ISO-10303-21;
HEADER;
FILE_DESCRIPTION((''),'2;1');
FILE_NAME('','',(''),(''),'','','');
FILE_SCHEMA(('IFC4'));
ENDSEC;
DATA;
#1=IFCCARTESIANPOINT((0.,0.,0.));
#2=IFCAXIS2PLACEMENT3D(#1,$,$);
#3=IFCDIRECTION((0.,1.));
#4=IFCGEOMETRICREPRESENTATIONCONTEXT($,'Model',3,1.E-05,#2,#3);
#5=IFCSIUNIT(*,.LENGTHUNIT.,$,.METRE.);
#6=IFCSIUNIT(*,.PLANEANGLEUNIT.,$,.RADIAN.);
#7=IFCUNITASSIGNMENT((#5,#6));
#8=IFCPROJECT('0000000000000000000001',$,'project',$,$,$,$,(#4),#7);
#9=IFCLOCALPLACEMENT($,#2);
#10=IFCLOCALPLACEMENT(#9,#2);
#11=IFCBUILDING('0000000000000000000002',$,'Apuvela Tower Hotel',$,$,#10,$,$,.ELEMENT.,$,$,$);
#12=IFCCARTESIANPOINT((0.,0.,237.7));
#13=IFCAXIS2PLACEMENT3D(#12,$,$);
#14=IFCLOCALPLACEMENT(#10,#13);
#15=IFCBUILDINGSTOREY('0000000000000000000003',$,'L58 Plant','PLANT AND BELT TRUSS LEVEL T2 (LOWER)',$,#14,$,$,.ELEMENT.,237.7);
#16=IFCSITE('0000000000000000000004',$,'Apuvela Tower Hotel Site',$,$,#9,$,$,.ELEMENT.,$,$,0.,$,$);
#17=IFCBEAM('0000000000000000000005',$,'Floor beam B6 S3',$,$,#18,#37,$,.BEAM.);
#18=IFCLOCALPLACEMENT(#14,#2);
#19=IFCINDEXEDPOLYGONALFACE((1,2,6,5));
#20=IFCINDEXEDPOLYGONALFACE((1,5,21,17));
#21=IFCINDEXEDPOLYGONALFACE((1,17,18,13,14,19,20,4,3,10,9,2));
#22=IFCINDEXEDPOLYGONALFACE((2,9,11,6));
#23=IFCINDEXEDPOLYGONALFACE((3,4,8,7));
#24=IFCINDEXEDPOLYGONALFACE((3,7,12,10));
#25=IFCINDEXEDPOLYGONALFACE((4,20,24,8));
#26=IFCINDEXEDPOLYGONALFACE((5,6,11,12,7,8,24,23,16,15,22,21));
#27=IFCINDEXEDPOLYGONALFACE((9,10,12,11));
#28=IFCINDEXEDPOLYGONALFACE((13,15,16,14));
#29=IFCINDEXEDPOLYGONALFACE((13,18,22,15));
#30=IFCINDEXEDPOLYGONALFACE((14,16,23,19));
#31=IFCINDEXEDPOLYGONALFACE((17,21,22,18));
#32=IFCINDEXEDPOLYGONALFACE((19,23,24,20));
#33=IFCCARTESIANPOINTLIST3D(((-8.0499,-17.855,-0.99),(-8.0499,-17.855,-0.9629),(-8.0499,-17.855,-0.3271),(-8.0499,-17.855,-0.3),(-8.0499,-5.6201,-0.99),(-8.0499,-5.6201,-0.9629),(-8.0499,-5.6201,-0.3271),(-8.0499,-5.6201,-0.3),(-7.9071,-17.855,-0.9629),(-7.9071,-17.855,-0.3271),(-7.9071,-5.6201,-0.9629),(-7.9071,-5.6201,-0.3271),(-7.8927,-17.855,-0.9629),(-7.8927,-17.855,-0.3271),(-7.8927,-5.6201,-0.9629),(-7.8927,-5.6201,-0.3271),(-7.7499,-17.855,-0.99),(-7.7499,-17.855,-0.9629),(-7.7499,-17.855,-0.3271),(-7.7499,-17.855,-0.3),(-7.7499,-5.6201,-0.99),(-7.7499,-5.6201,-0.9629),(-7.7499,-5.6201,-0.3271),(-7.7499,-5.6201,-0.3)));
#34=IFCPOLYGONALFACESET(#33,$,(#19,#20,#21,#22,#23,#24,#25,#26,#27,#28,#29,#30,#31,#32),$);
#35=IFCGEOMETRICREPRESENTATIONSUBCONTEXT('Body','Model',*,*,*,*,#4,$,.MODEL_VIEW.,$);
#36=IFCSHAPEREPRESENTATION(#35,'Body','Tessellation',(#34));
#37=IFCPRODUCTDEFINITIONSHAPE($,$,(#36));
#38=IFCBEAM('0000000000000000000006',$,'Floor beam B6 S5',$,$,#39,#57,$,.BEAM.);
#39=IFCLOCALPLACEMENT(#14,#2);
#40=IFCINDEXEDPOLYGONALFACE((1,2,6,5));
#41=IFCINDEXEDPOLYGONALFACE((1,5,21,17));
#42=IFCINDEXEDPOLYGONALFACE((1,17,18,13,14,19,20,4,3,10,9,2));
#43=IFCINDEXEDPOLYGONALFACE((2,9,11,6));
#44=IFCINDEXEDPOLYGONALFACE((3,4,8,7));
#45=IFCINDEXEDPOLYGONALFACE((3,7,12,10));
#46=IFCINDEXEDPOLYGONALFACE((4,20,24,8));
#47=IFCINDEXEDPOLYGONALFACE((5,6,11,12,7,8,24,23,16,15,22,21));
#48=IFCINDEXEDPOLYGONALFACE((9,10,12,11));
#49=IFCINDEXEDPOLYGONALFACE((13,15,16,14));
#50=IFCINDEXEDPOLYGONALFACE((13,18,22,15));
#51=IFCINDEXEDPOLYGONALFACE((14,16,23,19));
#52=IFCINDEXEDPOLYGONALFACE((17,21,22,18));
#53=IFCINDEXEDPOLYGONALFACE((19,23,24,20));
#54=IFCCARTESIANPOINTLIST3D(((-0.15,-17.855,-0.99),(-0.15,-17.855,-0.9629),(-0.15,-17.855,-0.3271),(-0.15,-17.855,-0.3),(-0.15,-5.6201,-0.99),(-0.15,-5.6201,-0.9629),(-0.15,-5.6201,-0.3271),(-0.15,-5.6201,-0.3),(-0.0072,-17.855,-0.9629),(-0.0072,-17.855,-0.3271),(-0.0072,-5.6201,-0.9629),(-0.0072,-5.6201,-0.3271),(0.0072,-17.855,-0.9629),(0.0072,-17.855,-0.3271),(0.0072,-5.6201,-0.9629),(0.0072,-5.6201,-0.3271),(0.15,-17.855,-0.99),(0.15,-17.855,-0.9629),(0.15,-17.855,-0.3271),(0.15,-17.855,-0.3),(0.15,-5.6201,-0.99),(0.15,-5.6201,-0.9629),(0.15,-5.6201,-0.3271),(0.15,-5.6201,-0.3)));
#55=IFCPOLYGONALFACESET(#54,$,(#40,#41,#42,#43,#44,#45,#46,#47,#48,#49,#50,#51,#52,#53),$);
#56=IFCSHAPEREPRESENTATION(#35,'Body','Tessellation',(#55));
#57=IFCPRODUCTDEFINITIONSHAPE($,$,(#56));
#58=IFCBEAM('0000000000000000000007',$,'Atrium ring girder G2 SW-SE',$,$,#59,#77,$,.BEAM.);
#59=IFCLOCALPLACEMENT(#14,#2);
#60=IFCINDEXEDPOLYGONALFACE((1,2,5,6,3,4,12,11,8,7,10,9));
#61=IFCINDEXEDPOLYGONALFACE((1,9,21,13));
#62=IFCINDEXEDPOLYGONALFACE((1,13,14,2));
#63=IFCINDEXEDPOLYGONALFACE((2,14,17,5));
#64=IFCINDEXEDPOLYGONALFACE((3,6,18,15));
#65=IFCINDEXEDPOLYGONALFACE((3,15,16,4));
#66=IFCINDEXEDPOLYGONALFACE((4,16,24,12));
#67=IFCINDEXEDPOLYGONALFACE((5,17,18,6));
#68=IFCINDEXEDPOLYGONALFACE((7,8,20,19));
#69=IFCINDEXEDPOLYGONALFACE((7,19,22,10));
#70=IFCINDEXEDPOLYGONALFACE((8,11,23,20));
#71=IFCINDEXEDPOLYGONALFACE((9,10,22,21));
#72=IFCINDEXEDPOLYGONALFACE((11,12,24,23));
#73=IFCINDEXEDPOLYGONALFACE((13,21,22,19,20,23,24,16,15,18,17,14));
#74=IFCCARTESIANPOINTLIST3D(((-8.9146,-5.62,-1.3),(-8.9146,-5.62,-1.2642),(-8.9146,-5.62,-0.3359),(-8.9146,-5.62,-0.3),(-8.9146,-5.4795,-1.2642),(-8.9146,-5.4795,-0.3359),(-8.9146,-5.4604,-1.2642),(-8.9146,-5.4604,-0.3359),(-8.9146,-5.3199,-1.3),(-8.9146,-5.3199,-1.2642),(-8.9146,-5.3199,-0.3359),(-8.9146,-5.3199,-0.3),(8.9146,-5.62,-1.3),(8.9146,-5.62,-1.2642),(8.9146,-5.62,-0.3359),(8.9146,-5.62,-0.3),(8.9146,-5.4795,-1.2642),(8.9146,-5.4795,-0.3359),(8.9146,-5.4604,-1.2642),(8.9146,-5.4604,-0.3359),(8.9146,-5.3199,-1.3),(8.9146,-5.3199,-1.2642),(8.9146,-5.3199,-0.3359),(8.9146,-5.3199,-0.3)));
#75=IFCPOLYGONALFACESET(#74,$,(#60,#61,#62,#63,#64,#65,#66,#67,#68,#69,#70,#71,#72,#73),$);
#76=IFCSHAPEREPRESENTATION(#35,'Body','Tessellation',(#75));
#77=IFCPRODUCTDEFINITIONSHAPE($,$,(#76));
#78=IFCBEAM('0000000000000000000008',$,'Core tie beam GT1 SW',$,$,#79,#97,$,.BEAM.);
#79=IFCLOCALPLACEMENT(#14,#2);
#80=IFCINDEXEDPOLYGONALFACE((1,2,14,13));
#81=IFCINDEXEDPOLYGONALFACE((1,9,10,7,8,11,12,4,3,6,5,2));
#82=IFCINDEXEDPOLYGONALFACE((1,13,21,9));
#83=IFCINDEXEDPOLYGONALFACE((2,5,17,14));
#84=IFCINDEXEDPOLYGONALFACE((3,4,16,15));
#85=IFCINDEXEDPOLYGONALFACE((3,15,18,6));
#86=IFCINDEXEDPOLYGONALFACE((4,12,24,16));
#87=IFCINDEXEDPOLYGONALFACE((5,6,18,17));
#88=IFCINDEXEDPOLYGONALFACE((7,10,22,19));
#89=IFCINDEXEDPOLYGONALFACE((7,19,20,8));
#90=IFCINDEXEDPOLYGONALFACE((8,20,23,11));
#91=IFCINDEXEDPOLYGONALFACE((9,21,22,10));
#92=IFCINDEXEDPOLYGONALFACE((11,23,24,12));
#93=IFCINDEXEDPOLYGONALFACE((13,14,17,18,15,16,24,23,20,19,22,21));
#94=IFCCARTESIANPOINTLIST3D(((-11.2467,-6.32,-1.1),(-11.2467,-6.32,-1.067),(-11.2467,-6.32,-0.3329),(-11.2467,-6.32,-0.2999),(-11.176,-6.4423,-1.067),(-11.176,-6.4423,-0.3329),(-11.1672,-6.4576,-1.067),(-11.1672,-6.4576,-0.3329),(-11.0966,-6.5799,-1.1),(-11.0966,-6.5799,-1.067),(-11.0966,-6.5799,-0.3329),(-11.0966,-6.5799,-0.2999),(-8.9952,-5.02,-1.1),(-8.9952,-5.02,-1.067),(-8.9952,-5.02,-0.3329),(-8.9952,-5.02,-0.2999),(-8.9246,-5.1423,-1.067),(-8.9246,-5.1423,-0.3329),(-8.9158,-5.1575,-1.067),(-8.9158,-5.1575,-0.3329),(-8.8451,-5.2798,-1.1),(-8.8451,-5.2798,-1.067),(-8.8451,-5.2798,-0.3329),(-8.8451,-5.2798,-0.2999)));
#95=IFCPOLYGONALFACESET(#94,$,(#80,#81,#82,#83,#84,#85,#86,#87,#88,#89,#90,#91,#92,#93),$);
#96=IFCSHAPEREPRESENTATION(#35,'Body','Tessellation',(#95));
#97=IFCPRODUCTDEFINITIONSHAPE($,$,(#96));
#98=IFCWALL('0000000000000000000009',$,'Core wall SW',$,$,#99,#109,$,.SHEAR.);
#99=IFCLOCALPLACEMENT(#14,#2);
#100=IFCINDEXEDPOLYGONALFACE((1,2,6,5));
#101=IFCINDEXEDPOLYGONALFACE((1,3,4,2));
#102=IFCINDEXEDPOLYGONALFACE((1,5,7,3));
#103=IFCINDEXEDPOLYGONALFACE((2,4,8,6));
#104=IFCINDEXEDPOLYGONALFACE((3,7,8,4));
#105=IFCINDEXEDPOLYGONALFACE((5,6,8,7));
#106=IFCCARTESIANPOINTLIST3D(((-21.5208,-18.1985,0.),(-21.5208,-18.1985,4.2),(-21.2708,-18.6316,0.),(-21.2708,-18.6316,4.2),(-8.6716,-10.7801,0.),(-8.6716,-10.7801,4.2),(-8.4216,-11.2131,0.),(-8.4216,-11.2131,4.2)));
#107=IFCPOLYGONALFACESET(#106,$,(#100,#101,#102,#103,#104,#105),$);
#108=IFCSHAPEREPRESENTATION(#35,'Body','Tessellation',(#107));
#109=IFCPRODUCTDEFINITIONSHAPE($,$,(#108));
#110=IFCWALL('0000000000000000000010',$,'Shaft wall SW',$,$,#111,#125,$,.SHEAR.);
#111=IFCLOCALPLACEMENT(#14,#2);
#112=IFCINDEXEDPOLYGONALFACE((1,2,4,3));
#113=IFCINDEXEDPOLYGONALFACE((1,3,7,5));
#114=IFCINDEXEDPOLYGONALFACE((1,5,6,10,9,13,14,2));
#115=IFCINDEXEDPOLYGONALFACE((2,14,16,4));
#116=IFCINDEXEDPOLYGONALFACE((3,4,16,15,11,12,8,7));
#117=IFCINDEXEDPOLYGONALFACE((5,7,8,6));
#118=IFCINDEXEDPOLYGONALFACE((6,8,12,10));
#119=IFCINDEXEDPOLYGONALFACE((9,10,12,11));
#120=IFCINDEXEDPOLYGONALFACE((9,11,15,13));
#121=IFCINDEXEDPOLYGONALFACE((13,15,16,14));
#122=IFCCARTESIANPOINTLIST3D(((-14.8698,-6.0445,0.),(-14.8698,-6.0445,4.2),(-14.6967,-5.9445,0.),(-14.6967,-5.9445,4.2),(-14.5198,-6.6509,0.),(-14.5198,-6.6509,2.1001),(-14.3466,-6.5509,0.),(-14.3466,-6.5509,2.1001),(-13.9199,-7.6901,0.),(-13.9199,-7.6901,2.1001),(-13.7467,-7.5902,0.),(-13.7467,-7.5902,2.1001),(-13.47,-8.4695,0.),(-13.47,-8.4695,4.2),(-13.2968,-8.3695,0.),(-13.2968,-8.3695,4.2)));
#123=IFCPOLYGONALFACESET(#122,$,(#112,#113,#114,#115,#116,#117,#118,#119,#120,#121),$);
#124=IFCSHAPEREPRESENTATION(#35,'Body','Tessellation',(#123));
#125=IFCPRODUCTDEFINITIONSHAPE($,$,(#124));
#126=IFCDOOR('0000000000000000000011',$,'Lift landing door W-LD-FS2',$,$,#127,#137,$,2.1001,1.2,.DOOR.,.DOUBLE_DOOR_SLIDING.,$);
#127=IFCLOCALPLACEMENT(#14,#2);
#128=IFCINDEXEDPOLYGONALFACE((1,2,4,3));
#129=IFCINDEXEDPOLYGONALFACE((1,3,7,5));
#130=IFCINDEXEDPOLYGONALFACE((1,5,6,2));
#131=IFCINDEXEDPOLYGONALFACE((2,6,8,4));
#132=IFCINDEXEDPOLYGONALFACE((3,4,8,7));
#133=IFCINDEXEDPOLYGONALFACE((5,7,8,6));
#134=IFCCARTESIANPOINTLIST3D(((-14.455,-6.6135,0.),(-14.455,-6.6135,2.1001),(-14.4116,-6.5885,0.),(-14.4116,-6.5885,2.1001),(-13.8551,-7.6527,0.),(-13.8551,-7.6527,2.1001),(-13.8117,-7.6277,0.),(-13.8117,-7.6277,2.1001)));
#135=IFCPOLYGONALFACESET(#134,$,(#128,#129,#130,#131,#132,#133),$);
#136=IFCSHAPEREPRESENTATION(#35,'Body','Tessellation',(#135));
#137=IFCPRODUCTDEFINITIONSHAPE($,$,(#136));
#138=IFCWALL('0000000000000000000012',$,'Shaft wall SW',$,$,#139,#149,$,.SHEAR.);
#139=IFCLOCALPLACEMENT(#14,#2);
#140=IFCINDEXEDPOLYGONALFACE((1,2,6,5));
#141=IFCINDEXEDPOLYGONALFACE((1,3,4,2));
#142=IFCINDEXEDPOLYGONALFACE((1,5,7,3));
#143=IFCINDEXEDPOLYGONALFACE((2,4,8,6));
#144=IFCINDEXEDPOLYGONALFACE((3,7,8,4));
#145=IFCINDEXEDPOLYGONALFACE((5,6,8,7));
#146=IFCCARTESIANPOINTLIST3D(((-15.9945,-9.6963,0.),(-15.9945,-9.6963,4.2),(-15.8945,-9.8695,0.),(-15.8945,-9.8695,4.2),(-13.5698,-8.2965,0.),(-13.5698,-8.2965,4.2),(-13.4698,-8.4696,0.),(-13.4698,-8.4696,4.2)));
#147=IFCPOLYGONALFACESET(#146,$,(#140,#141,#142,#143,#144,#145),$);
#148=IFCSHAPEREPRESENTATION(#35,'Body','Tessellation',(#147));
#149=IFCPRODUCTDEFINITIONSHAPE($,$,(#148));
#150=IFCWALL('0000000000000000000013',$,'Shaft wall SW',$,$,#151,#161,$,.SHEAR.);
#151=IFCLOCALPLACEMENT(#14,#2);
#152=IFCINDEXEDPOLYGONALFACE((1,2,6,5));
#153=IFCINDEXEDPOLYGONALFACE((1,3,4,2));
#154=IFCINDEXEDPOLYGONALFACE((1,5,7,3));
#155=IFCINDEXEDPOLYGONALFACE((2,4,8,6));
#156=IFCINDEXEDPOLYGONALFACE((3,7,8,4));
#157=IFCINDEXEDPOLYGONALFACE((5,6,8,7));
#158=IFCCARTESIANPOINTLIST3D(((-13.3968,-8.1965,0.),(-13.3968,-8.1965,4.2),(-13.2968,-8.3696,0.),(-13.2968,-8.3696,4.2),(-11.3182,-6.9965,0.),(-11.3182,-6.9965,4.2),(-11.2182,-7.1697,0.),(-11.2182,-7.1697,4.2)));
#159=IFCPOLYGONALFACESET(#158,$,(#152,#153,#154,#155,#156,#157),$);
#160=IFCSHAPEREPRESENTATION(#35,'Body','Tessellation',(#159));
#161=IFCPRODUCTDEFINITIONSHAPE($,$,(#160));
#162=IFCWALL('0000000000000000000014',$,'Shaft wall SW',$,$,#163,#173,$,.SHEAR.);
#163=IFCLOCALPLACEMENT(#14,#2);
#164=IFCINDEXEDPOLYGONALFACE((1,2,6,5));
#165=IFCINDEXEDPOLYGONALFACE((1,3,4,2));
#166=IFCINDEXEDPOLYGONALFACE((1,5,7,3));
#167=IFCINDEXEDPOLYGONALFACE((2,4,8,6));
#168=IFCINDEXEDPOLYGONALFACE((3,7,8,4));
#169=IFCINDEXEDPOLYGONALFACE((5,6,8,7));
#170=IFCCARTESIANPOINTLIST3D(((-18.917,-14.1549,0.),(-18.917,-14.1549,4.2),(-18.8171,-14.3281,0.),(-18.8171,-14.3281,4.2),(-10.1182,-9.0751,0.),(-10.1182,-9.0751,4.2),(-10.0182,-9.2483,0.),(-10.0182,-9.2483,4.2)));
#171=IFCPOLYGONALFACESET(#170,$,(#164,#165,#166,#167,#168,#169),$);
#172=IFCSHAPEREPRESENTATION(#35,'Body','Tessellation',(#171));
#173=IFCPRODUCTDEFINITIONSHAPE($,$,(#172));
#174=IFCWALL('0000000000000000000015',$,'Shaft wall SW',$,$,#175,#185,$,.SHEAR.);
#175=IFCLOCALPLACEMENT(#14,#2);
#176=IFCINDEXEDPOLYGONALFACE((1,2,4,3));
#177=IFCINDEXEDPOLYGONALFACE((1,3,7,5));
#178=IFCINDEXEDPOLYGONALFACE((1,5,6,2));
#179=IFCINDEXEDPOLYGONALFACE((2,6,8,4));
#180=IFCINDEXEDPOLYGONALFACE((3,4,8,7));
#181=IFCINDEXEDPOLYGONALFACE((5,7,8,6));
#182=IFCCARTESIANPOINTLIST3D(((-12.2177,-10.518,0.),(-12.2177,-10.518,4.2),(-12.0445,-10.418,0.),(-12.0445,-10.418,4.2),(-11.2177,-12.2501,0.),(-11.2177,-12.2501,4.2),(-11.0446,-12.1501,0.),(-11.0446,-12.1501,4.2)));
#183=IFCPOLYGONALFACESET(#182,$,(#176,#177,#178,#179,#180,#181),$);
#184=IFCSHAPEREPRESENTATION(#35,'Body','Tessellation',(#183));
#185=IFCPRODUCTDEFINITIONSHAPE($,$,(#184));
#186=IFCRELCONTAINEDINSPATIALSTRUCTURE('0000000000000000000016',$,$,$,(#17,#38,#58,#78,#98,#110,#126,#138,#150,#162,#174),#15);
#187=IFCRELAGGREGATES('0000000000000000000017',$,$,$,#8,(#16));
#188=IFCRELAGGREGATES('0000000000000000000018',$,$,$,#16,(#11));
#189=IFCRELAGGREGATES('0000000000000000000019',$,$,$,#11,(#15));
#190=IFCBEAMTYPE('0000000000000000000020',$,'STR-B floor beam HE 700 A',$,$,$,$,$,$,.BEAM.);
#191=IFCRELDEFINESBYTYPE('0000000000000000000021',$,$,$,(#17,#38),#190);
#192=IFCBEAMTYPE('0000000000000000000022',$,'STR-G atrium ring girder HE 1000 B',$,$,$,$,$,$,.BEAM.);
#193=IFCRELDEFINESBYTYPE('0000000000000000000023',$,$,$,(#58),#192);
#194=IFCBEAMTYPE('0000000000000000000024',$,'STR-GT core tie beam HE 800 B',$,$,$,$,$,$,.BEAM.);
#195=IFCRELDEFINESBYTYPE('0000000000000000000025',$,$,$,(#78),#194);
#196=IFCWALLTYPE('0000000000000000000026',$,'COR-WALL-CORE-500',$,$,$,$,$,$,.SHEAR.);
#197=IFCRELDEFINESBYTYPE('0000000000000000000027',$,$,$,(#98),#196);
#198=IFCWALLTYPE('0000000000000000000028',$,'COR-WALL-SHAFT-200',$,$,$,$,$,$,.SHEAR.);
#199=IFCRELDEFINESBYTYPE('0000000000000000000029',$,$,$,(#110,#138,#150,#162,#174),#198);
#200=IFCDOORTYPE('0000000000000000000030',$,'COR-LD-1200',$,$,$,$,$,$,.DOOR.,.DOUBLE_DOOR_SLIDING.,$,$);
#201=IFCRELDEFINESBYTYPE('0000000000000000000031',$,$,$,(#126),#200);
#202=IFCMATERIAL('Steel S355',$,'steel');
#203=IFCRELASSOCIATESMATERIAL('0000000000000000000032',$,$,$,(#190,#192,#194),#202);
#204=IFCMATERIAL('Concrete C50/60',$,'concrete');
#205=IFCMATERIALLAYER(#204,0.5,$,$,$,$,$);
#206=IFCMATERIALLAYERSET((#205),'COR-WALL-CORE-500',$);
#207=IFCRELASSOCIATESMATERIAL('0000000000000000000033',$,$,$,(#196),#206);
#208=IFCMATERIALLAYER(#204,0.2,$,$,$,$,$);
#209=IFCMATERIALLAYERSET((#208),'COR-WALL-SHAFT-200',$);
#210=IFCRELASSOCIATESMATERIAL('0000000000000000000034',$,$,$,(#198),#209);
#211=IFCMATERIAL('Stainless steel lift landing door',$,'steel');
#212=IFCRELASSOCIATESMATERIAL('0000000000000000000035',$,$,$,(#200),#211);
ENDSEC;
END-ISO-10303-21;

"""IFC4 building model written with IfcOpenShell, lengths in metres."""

from ifc_helpers import new_model, si_unit, direction, frame, frame_2d, origin, origin_2d, place, context, subcontext, project, spatial, rectangle, i_section, extrude, material, layer, layer_set, material_profile, profile_set, type_object, element, fill, save


model = new_model("IFC4")

# Units and contexts
model_context = context("Model", 3, precision=1e-05, world=origin(), true_north=direction((0.0, 1.0)))
body_context = subcontext(model_context, "Body", "Model", "MODEL_VIEW")
ifc_project = project(units=[si_unit("LENGTHUNIT", "METRE"), si_unit("PLANEANGLEUNIT", "RADIAN")], contexts=[model_context])

# Site, building, storey
site_placement = place(None, origin())
site = spatial("IfcSite", under=ifc_project, at=site_placement, Name="Apuvela Tower Hotel Site", CompositionType="ELEMENT", RefElevation=0.0)
building_placement = place(site_placement, origin())
building = spatial("IfcBuilding", under=site, at=building_placement, Name="Apuvela Tower Hotel", CompositionType="ELEMENT")
storey_placement = place(building_placement, frame((0.0, 0.0, 237.7)))
storey = spatial("IfcBuildingStorey", under=building, at=storey_placement, Name="L58 Plant", Description="PLANT AND BELT TRUSS LEVEL T2 (LOWER)", CompositionType="ELEMENT", Elevation=237.7)

# Beams
ifc_material_1 = material(Name="Steel S355", Category="steel")
ifc_material_profile_1 = material_profile(ifc_material_1, i_section(OverallWidth=0.3, OverallDepth=0.6899, WebThickness=0.0144, FlangeThickness=0.0271, at=origin_2d()), Name="HE 700 A")
ifc_profile_set_1 = profile_set([ifc_material_profile_1], Name="Steel S355")
beam_type_1 = type_object("IfcBeamType", Name="STR-B floor beam HE 700 A", PredefinedType="BEAM", material=ifc_profile_set_1)
for number, where, z_axis, x_axis, name in (
    (1, (-7.8999, -17.855, -0.645), (0.0, 1.0, 0.0), (-1.0, 0.0, 0.0), "Floor beam B6 S3"),
    (2, (0.0, -17.855, -0.645), (0.0, 1.0, 0.0), (-1.0, 0.0, 0.0), "Floor beam B6 S5"),
):
    element("IfcBeam", number, at=place(storey_placement, frame(where, z_axis=z_axis, x_axis=x_axis)), inside=storey, type_object=beam_type_1, Name=name, PredefinedType="BEAM", context=body_context, shape_type="SweptSolid", body=[
        extrude(i_section(OverallWidth=0.3, OverallDepth=0.6899, WebThickness=0.0144, FlangeThickness=0.0271, at=origin_2d()), origin(), (0.0, 0.0, 1.0), 12.2349),
    ])
ifc_material_profile_2 = material_profile(ifc_material_1, i_section(OverallWidth=0.3, OverallDepth=1.0, WebThickness=0.019, FlangeThickness=0.0359, at=origin_2d()), Name="HE 1000 B")
ifc_profile_set_2 = profile_set([ifc_material_profile_2], Name="Steel S355")
beam_type_2 = type_object("IfcBeamType", Name="STR-G atrium ring girder HE 1000 B", PredefinedType="BEAM", material=ifc_profile_set_2)
beam_1_placement = place(storey_placement, frame((-8.9146, -5.47, -0.8), z_axis=(1.0, 0.0, 0.0), x_axis=(0.0, 1.0, 0.0)))
element("IfcBeam", 3, at=beam_1_placement, inside=storey, type_object=beam_type_2, Name="Atrium ring girder G2 SW-SE", PredefinedType="BEAM", context=body_context, shape_type="SweptSolid", body=[
    extrude(i_section(OverallWidth=0.3, OverallDepth=1.0, WebThickness=0.019, FlangeThickness=0.0359, at=origin_2d()), origin(), (0.0, 0.0, 1.0), 17.8291),
])
ifc_material_profile_3 = material_profile(ifc_material_1, i_section(OverallWidth=0.3, OverallDepth=0.8, WebThickness=0.0176, FlangeThickness=0.033, at=origin_2d()), Name="HE 800 B")
ifc_profile_set_3 = profile_set([ifc_material_profile_3], Name="Steel S355")
beam_type_3 = type_object("IfcBeamType", Name="STR-GT core tie beam HE 800 B", PredefinedType="BEAM", material=ifc_profile_set_3)
beam_2_placement = place(storey_placement, frame((-11.1716, -6.45, -0.7), z_axis=(0.865998, 0.500048, 0.0), x_axis=(-0.500048, 0.865998, 0.0)))
element("IfcBeam", 4, at=beam_2_placement, inside=storey, type_object=beam_type_3, Name="Core tie beam GT1 SW", PredefinedType="BEAM", context=body_context, shape_type="SweptSolid", body=[
    extrude(i_section(OverallWidth=0.3, OverallDepth=0.8, WebThickness=0.0176, FlangeThickness=0.033, at=origin_2d()), origin(), (0.0, 0.0, 1.0), 2.5999),
])

# Wall
ifc_material_2 = material(Name="Concrete C50/60", Category="concrete")
ifc_layer_1 = layer(ifc_material_2, 0.5)
ifc_layer_set_1 = layer_set([ifc_layer_1], Name="COR-WALL-CORE-500")
wall_type_1 = type_object("IfcWallType", Name="COR-WALL-CORE-500", PredefinedType="SHEAR", material=ifc_layer_set_1)
wall_1_placement = place(storey_placement, frame((-8.5466, -10.9966, 0.0), z_axis=(0.0, 0.0, 1.0), x_axis=(-0.866025, -0.500001, 0.0)))
element("IfcWall", 5, at=wall_1_placement, inside=storey, type_object=wall_type_1, Name="Core wall SW", PredefinedType="SHEAR", context=body_context, shape_type="SweptSolid", body=[
    extrude(rectangle(XDim=14.8369, YDim=0.5, at=frame_2d((7.4185, 0.0))), origin(), (0.0, 0.0, 1.0), 4.2),
])

# Wall, opening, door
ifc_layer_2 = layer(ifc_material_2, 0.2)
ifc_layer_set_2 = layer_set([ifc_layer_2], Name="COR-WALL-SHAFT-200")
wall_type_2 = type_object("IfcWallType", Name="COR-WALL-SHAFT-200", PredefinedType="SHEAR", material=ifc_layer_set_2)
wall_2_placement = place(storey_placement, frame((-14.7832, -5.9946, 0.0), z_axis=(0.0, 0.0, 1.0), x_axis=(0.499946, -0.866056, 0.0)))
wall_2 = element("IfcWall", 6, at=wall_2_placement, inside=storey, type_object=wall_type_2, Name="Shaft wall SW", PredefinedType="SHEAR", context=body_context, shape_type="SweptSolid", body=[
    extrude(rectangle(XDim=2.8, YDim=0.2, at=frame_2d((1.3999, 0.0))), origin(), (0.0, 0.0, 1.0), 4.2),
])
opening_1_placement = place(wall_2_placement, frame((0.7, 0.0, 0.0)))
opening_1 = element("IfcOpeningElement", 7, at=opening_1_placement, cuts=wall_2, PredefinedType="OPENING", context=body_context, shape_type="SweptSolid", body=[
    extrude(rectangle(XDim=1.2, YDim=2.1001, at=frame_2d((0.6001, 1.05))), frame((0.0, 0.1099, 0.0), z_axis=(0.0, -1.0, 0.0), x_axis=(1.0, 0.0, 0.0)), (0.0, 0.0, 1.0), 0.22),
])
ifc_material_3 = material(Name="Stainless steel lift landing door", Category="steel")
door_type_1 = type_object("IfcDoorType", Name="COR-LD-1200", OperationType="DOUBLE_DOOR_SLIDING", PredefinedType="DOOR", material=ifc_material_3)
door_1_placement = place(opening_1_placement, origin())
door_1 = element("IfcDoor", 8, at=door_1_placement, inside=storey, type_object=door_type_1, Name="Lift landing door W-LD-FS2", OperationType="DOUBLE_DOOR_SLIDING", OverallHeight=2.1001, OverallWidth=1.2, PredefinedType="DOOR", context=body_context, shape_type="SweptSolid", body=[
    extrude(rectangle(XDim=1.2, YDim=2.1001, at=frame_2d((0.6001, 1.05))), frame((0.0, 0.0249, 0.0), z_axis=(0.0, -1.0, 0.0), x_axis=(1.0, 0.0, 0.0)), (0.0, 0.0, 1.0), 0.05),
])
fill(opening_1, door_1)

# Walls
wall_3_placement = place(storey_placement, frame((-13.5198, -8.3831, 0.0), z_axis=(0.0, 0.0, 1.0), x_axis=(-0.866035, -0.499984, 0.0)))
element("IfcWall", 9, at=wall_3_placement, inside=storey, type_object=wall_type_2, Name="Shaft wall SW", PredefinedType="SHEAR", context=body_context, shape_type="SweptSolid", body=[
    extrude(rectangle(XDim=2.7998, YDim=0.2, at=frame_2d((1.3999, 0.0))), origin(), (0.0, 0.0, 1.0), 4.2),
])
wall_4_placement = place(storey_placement, frame((-11.2681, -7.083, 0.0), z_axis=(0.0, 0.0, 1.0), x_axis=(-0.86605, -0.499957, 0.0)))
element("IfcWall", 10, at=wall_4_placement, inside=storey, type_object=wall_type_2, Name="Shaft wall SW", PredefinedType="SHEAR", context=body_context, shape_type="SweptSolid", body=[
    extrude(rectangle(XDim=2.4001, YDim=0.2, at=frame_2d((1.2002, 0.0))), origin(), (0.0, 0.0, 1.0), 4.2),
])
wall_5_placement = place(storey_placement, frame((-10.0681, -9.1616, 0.0), z_axis=(0.0, 0.0, 1.0), x_axis=(-0.866033, -0.499987, 0.0)))
element("IfcWall", 11, at=wall_5_placement, inside=storey, type_object=wall_type_2, Name="Shaft wall SW", PredefinedType="SHEAR", context=body_context, shape_type="SweptSolid", body=[
    extrude(rectangle(XDim=10.1599, YDim=0.2, at=frame_2d((5.0801, 0.0))), origin(), (0.0, 0.0, 1.0), 4.2),
])
for number, where, z_axis, x_axis, name in (
    (12, (-12.1311, -10.468, 0.0), (0.0, 0.0, 1.0), (0.499973, -0.866041, 0.0), "Shaft wall SW"),
):
    element("IfcWall", number, at=place(storey_placement, frame(where, z_axis=z_axis, x_axis=x_axis)), inside=storey, type_object=wall_type_2, Name=name, PredefinedType="SHEAR", context=body_context, shape_type="SweptSolid", body=[
        extrude(rectangle(XDim=2.0, YDim=0.2, at=frame_2d((1.0, 0.0))), origin(), (0.0, 0.0, 1.0), 4.2),
    ])

save(model, "model.ifc")
